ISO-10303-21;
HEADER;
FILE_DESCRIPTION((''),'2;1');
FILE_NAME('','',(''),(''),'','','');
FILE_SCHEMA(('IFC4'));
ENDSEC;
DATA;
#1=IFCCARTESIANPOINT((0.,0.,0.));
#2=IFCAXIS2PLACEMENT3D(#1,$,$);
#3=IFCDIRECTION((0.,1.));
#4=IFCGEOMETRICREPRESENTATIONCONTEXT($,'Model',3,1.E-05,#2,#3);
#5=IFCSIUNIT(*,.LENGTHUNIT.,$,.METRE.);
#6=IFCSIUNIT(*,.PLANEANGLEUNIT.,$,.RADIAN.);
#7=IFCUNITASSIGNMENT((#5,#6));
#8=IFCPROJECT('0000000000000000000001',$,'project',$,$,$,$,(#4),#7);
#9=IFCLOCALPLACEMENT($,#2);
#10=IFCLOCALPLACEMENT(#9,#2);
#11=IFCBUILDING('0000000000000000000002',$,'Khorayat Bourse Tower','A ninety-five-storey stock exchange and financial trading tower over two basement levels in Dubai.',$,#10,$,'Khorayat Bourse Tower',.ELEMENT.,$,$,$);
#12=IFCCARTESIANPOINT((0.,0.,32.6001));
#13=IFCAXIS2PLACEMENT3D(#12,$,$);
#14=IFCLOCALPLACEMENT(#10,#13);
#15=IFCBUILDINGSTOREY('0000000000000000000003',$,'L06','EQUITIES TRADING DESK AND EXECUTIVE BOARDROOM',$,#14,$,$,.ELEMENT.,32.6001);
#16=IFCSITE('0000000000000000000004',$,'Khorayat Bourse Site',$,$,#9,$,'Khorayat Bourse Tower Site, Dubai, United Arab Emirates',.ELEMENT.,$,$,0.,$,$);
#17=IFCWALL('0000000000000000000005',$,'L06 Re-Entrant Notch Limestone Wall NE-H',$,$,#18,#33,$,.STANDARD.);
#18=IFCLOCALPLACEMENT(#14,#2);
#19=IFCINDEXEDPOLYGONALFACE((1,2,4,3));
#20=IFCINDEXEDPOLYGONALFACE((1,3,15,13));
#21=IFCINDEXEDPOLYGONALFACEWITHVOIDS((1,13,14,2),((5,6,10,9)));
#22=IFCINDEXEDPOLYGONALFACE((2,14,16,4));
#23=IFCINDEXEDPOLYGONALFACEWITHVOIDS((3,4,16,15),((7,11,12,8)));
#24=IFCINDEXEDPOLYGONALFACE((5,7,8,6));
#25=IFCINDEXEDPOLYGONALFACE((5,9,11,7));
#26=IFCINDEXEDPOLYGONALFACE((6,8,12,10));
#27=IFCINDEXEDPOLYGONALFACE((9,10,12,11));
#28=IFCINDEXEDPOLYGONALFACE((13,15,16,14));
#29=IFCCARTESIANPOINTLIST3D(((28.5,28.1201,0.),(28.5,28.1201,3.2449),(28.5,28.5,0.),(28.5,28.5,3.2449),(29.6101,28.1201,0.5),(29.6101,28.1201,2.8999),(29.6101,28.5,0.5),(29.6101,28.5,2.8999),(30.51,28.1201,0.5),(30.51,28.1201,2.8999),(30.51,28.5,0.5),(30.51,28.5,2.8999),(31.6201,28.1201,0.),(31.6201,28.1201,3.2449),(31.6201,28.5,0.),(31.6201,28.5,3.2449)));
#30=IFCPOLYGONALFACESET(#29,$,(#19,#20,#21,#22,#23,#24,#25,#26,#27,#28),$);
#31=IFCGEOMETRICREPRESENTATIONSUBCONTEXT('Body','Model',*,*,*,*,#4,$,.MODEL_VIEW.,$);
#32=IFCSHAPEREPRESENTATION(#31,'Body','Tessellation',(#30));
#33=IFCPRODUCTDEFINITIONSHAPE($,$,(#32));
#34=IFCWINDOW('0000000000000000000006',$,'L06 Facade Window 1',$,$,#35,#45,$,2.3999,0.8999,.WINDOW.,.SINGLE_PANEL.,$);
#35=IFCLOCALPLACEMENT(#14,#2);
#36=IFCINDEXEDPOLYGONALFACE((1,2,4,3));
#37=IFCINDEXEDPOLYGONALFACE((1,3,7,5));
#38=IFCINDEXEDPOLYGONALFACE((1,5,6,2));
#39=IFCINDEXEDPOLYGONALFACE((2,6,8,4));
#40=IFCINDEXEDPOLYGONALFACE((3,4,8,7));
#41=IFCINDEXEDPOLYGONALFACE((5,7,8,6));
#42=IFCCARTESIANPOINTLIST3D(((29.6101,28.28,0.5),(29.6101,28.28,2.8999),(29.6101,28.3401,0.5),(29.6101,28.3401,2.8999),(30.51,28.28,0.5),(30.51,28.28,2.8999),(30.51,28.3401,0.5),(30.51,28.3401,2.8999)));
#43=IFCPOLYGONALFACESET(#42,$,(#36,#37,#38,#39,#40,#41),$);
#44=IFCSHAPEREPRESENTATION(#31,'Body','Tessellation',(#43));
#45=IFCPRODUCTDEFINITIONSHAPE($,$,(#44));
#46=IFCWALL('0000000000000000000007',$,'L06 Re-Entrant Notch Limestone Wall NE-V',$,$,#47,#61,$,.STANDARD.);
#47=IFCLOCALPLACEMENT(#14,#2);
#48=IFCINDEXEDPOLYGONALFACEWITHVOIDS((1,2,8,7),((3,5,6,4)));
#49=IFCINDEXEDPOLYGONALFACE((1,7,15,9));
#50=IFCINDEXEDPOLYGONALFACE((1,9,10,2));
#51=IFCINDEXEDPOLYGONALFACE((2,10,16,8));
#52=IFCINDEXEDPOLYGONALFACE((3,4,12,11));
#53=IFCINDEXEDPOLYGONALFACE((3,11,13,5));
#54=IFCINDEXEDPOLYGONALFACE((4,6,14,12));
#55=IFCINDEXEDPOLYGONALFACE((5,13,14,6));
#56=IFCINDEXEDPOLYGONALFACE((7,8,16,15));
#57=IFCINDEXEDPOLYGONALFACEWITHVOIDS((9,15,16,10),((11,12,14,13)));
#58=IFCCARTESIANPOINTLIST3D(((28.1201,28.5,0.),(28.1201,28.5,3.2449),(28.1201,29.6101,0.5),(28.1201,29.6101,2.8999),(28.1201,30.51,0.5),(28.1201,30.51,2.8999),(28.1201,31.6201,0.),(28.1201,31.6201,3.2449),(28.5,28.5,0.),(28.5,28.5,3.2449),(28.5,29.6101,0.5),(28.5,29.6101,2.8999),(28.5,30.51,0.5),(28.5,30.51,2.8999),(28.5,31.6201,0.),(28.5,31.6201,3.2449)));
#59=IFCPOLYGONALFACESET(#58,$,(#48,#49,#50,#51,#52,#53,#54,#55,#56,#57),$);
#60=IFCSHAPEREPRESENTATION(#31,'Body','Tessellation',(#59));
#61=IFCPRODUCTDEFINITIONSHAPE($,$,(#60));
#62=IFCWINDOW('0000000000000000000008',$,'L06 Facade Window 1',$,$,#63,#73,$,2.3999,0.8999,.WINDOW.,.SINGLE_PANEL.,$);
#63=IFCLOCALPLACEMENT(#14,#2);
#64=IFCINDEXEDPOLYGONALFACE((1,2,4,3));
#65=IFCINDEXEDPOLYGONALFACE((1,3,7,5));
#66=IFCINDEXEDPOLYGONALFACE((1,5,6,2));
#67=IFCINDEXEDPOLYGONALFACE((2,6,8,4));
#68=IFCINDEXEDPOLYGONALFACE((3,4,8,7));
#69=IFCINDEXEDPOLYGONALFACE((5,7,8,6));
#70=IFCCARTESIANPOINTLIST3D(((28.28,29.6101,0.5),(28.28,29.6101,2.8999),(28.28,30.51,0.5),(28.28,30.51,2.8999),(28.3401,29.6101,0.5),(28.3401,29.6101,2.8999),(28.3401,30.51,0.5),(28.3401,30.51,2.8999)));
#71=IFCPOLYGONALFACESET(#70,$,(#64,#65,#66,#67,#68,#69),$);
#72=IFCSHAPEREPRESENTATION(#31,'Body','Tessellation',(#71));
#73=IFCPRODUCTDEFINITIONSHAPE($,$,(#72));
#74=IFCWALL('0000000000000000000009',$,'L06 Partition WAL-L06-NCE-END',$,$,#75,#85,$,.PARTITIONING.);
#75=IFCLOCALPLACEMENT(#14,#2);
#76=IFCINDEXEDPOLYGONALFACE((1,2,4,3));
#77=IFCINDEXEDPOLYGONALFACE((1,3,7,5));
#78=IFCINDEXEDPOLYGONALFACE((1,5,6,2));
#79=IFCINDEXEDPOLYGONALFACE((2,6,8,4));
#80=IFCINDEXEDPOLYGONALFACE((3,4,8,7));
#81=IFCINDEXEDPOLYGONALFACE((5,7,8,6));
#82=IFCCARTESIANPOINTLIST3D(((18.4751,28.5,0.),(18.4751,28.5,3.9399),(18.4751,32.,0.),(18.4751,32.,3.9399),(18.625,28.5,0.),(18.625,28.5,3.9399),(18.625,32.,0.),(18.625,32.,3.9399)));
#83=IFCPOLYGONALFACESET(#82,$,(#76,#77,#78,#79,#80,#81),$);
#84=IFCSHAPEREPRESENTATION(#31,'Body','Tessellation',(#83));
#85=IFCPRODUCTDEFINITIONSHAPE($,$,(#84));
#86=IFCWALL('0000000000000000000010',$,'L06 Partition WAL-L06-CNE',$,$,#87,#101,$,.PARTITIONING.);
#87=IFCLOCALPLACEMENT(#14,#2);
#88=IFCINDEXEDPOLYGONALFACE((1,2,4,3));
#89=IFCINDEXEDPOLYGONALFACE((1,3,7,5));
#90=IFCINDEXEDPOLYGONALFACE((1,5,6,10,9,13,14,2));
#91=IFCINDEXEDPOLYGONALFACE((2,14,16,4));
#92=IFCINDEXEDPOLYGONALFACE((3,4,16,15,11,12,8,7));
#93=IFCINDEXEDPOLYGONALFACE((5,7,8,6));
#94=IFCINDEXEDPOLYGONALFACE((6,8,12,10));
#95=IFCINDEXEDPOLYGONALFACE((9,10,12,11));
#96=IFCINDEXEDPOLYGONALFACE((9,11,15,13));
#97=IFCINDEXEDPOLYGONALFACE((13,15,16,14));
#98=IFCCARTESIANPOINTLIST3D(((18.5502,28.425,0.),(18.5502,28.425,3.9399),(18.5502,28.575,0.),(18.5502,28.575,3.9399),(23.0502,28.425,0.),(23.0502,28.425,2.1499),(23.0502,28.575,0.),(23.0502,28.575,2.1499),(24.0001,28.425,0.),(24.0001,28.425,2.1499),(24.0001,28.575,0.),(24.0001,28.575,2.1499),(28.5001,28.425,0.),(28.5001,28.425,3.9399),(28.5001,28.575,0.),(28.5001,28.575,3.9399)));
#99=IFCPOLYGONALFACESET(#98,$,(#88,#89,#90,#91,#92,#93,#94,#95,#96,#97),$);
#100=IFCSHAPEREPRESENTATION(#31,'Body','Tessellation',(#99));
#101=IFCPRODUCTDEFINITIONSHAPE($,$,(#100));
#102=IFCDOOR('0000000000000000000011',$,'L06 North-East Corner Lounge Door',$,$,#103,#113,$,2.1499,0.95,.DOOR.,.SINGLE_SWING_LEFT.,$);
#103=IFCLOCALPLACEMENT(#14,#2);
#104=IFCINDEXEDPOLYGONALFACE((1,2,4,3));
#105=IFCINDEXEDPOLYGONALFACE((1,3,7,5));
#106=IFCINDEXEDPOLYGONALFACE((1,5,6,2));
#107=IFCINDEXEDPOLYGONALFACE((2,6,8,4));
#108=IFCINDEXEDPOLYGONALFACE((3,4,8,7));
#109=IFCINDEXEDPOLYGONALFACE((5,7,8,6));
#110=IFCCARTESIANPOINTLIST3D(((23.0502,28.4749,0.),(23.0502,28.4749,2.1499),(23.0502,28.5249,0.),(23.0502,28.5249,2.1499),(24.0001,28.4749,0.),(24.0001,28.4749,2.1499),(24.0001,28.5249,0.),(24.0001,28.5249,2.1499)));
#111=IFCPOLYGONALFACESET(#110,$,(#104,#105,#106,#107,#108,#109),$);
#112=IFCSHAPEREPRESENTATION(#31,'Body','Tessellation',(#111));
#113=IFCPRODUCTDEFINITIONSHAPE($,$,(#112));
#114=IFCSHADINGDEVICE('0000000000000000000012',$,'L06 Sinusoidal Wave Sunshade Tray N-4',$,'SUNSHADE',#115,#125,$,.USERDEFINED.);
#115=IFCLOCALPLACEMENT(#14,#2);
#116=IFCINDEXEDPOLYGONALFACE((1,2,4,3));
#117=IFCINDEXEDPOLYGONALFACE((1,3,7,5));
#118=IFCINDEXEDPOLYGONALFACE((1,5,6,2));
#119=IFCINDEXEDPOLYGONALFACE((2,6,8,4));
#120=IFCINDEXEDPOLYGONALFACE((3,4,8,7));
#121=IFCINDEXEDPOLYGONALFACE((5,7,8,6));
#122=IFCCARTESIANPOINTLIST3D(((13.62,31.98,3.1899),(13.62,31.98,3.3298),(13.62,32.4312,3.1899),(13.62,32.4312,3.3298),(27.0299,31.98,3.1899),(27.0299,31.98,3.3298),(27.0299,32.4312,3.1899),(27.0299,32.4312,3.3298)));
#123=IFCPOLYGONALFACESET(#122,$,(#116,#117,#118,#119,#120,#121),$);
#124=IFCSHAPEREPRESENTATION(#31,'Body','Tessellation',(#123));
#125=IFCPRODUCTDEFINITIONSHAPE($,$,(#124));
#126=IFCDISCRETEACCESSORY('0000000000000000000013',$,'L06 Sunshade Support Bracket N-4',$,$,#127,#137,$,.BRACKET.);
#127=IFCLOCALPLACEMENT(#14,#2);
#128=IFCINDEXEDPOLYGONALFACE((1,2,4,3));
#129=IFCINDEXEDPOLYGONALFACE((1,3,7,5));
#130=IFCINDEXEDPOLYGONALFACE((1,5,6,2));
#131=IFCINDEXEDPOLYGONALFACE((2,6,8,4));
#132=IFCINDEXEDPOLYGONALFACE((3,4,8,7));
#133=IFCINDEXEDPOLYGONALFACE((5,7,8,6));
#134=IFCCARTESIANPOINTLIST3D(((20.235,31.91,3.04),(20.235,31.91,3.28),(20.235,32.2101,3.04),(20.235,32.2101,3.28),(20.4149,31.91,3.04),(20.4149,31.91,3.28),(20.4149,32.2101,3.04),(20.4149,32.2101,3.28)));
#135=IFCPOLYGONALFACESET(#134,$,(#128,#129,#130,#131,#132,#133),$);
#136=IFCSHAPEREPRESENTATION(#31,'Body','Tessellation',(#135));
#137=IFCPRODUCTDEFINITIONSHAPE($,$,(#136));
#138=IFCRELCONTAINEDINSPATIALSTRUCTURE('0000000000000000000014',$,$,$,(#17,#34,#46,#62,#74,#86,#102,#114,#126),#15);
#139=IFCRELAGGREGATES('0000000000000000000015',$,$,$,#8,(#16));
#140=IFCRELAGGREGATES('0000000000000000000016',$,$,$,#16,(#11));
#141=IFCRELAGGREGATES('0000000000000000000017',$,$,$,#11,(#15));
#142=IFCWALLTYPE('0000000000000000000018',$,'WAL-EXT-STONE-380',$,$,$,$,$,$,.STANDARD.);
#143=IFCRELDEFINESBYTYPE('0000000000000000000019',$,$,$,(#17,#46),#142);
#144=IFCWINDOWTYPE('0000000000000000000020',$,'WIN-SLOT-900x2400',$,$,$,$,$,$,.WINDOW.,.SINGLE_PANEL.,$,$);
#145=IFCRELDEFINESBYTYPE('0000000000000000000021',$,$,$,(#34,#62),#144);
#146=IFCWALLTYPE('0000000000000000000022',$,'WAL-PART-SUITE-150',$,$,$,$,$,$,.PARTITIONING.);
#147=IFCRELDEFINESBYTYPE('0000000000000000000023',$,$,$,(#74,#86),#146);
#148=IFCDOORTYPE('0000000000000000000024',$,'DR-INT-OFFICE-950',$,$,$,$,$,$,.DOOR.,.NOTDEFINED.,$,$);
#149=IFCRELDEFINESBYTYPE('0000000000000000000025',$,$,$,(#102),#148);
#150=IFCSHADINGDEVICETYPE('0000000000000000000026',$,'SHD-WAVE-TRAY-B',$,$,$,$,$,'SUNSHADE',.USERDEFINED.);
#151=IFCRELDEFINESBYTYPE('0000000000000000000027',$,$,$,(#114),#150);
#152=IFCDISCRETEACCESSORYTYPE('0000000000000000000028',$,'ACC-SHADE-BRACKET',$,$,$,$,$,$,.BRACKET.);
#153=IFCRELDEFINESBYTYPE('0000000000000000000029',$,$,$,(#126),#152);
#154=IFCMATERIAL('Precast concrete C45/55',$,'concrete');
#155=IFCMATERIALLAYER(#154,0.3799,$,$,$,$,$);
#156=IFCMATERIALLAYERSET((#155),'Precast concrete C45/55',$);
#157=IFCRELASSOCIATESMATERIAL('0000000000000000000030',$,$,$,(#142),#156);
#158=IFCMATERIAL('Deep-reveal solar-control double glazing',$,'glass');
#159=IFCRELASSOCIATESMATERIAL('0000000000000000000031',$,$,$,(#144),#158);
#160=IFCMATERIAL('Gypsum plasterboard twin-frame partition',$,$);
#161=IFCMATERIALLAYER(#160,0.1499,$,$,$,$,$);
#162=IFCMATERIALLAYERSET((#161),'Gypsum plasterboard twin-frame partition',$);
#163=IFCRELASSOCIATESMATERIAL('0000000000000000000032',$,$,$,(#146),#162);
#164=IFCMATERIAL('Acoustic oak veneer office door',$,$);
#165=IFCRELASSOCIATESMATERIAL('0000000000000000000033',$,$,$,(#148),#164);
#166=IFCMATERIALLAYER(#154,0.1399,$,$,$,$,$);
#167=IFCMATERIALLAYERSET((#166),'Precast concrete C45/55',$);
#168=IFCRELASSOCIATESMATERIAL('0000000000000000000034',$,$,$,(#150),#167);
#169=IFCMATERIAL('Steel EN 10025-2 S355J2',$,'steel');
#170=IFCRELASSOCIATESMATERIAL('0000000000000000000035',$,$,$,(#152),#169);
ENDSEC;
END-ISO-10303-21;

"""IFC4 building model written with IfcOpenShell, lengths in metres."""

from ifc_helpers import new_model, si_unit, direction, frame, frame_2d, origin, origin_2d, place, context, subcontext, project, spatial, rectangle, extrude, source, transform, mapped, material, layer, layer_set, type_object, element, fill, save


model = new_model("IFC4")

# Units and contexts
model_context = context("Model", 3, precision=1e-05, world=origin(), true_north=direction((0.0, 1.0)))
body_context = subcontext(model_context, "Body", "Model", "MODEL_VIEW")
ifc_project = project(units=[si_unit("LENGTHUNIT", "METRE"), si_unit("PLANEANGLEUNIT", "RADIAN")], contexts=[model_context])

# Site, building, storey
site_placement = place(None, origin())
site = spatial("IfcSite", under=ifc_project, at=site_placement, Name="Khorayat Bourse Site", LongName="Khorayat Bourse Tower Site, Dubai, United Arab Emirates", CompositionType="ELEMENT", RefElevation=0.0)
building_placement = place(site_placement, origin())
building = spatial("IfcBuilding", under=site, at=building_placement, Name="Khorayat Bourse Tower", Description="A ninety-five-storey stock exchange and financial trading tower over two basement levels in Dubai.", LongName="Khorayat Bourse Tower", CompositionType="ELEMENT")
storey_placement = place(building_placement, frame((0.0, 0.0, 32.6001)))
storey = spatial("IfcBuildingStorey", under=building, at=storey_placement, Name="L06", Description="EQUITIES TRADING DESK AND EXECUTIVE BOARDROOM", CompositionType="ELEMENT", Elevation=32.6001)

# Shared definitions
ifc_material_1 = material(Name="Steel EN 10025-2 S355J2", Category="steel")

# Walls, openings, windows
ifc_material_2 = material(Name="Precast concrete C45/55", Category="concrete")
ifc_layer_1 = layer(ifc_material_2, 0.3799)
ifc_layer_set_1 = layer_set([ifc_layer_1], Name="Precast concrete C45/55")
wall_type_1 = type_object("IfcWallType", Name="WAL-EXT-STONE-380", PredefinedType="STANDARD", material=ifc_layer_set_1)
shared_shape_1 = source(origin(), body_context, "Body", "SweptSolid", [
    extrude(rectangle(XDim=3.1201, YDim=0.3799, at=frame_2d((1.5601, 0.0))), origin(), (0.0, 0.0, 1.0), 3.2449),
])
wall_1_placement = place(storey_placement, frame((28.5, 28.3101, 0.0), z_axis=(0.0, 0.0, 1.0), x_axis=(1.0, 0.0, 0.0)))
wall_1 = element("IfcWall", 1, at=wall_1_placement, inside=storey, type_object=wall_type_1, Name="L06 Re-Entrant Notch Limestone Wall NE-H", PredefinedType="STANDARD", context=body_context, shape_type="MappedRepresentation", body=[
    mapped(shared_shape_1, transform((0.0, 0.0, 0.0), scale=1.0)),
])
shared_shape_2 = source(origin(), body_context, "Body", "SweptSolid", [
    extrude(rectangle(XDim=0.8999, YDim=2.3999, at=frame_2d((0.45, 1.2))), frame((0.0, 0.2, 0.0), z_axis=(0.0, -1.0, 0.0), x_axis=(1.0, 0.0, 0.0)), (0.0, 0.0, 1.0), 0.3999),
])
opening_1_placement = place(wall_1_placement, frame((1.1101, 0.0, 0.5)))
opening_1 = element("IfcOpeningElement", 2, at=opening_1_placement, cuts=wall_1, PredefinedType="OPENING", context=body_context, shape_type="MappedRepresentation", body=[
    mapped(shared_shape_2, transform((0.0, 0.0, 0.0), scale=1.0)),
])
ifc_material_3 = material(Name="Deep-reveal solar-control double glazing", Category="glass")
window_type = type_object("IfcWindowType", Name="WIN-SLOT-900x2400", PartitioningType="SINGLE_PANEL", PredefinedType="WINDOW", material=ifc_material_3)
shared_shape_3 = source(origin(), body_context, "Body", "SweptSolid", [
    extrude(rectangle(XDim=0.8999, YDim=2.3999, at=frame_2d((0.45, 1.2))), frame((0.0, 0.03, 0.0), z_axis=(0.0, -1.0, 0.0), x_axis=(1.0, 0.0, 0.0)), (0.0, 0.0, 1.0), 0.0601),
])
window_1_placement = place(opening_1_placement, origin())
window_1 = element("IfcWindow", 3, at=window_1_placement, inside=storey, type_object=window_type, Name="L06 Facade Window 1", OverallHeight=2.3999, OverallWidth=0.8999, PartitioningType="SINGLE_PANEL", PredefinedType="WINDOW", context=body_context, shape_type="MappedRepresentation", body=[
    mapped(shared_shape_3, transform((0.0, 0.0, 0.0), scale=1.0)),
])
fill(opening_1, window_1)
wall_2_placement = place(storey_placement, frame((28.3101, 28.5, 0.0), z_axis=(0.0, 0.0, 1.0), x_axis=(0.0, 1.0, 0.0)))
wall_2 = element("IfcWall", 4, at=wall_2_placement, inside=storey, type_object=wall_type_1, Name="L06 Re-Entrant Notch Limestone Wall NE-V", PredefinedType="STANDARD", context=body_context, shape_type="MappedRepresentation", body=[
    mapped(shared_shape_1, transform((0.0, 0.0, 0.0), scale=1.0)),
])
opening_2_placement = place(wall_2_placement, frame((1.1101, 0.0, 0.5)))
opening_2 = element("IfcOpeningElement", 5, at=opening_2_placement, cuts=wall_2, PredefinedType="OPENING", context=body_context, shape_type="MappedRepresentation", body=[
    mapped(shared_shape_2, transform((0.0, 0.0, 0.0), scale=1.0)),
])
window_2_placement = place(opening_2_placement, origin())
window_2 = element("IfcWindow", 6, at=window_2_placement, inside=storey, type_object=window_type, Name="L06 Facade Window 1", OverallHeight=2.3999, OverallWidth=0.8999, PartitioningType="SINGLE_PANEL", PredefinedType="WINDOW", context=body_context, shape_type="MappedRepresentation", body=[
    mapped(shared_shape_3, transform((0.0, 0.0, 0.0), scale=1.0)),
])
fill(opening_2, window_2)

# Wall
ifc_material_4 = material(Name="Gypsum plasterboard twin-frame partition")
ifc_layer_2 = layer(ifc_material_4, 0.1499)
ifc_layer_set_2 = layer_set([ifc_layer_2], Name="Gypsum plasterboard twin-frame partition")
wall_type_2 = type_object("IfcWallType", Name="WAL-PART-SUITE-150", PredefinedType="PARTITIONING", material=ifc_layer_set_2)
shared_shape_4 = source(origin(), body_context, "Body", "SweptSolid", [
    extrude(rectangle(XDim=3.5, YDim=0.1499, at=frame_2d((1.75, 0.0))), origin(), (0.0, 0.0, 1.0), 3.9399),
])
wall_3_placement = place(storey_placement, frame((18.55, 28.5, 0.0), z_axis=(0.0, 0.0, 1.0), x_axis=(0.0, 1.0, 0.0)))
element("IfcWall", 7, at=wall_3_placement, inside=storey, type_object=wall_type_2, Name="L06 Partition WAL-L06-NCE-END", PredefinedType="PARTITIONING", context=body_context, shape_type="MappedRepresentation", body=[
    mapped(shared_shape_4, transform((0.0, 0.0, 0.0), scale=1.0)),
])

# Wall, opening, door
shared_shape_5 = source(origin(), body_context, "Body", "SweptSolid", [
    extrude(rectangle(XDim=9.95, YDim=0.1499, at=frame_2d((4.9751, 0.0))), origin(), (0.0, 0.0, 1.0), 3.9399),
])
wall_4_placement = place(storey_placement, frame((18.55, 28.5, 0.0), z_axis=(0.0, 0.0, 1.0), x_axis=(1.0, 0.0, 0.0)))
wall_4 = element("IfcWall", 8, at=wall_4_placement, inside=storey, type_object=wall_type_2, Name="L06 Partition WAL-L06-CNE", PredefinedType="PARTITIONING", context=body_context, shape_type="MappedRepresentation", body=[
    mapped(shared_shape_5, transform((0.0, 0.0, 0.0), scale=1.0)),
])
shared_shape_6 = source(origin(), body_context, "Body", "SweptSolid", [
    extrude(rectangle(XDim=0.95, YDim=2.1499, at=frame_2d((0.4751, 1.075))), frame((0.0, 0.085, 0.0), z_axis=(0.0, -1.0, 0.0), x_axis=(1.0, 0.0, 0.0)), (0.0, 0.0, 1.0), 0.1699),
])
opening_3_placement = place(wall_4_placement, frame((4.5, 0.0, 0.0)))
opening_3 = element("IfcOpeningElement", 9, at=opening_3_placement, cuts=wall_4, PredefinedType="OPENING", context=body_context, shape_type="MappedRepresentation", body=[
    mapped(shared_shape_6, transform((0.0, 0.0, 0.0), scale=1.0)),
])
ifc_material_5 = material(Name="Acoustic oak veneer office door")
door_type = type_object("IfcDoorType", Name="DR-INT-OFFICE-950", OperationType="NOTDEFINED", PredefinedType="DOOR", material=ifc_material_5)
shared_shape_7 = source(origin(), body_context, "Body", "SweptSolid", [
    extrude(rectangle(XDim=0.95, YDim=2.1499, at=frame_2d((0.4751, 1.075))), frame((0.0, 0.0249, 0.0), z_axis=(0.0, -1.0, 0.0), x_axis=(1.0, 0.0, 0.0)), (0.0, 0.0, 1.0), 0.05),
])
door_placement = place(opening_3_placement, origin())
door = element("IfcDoor", 10, at=door_placement, inside=storey, type_object=door_type, Name="L06 North-East Corner Lounge Door", OperationType="SINGLE_SWING_LEFT", OverallHeight=2.1499, OverallWidth=0.95, PredefinedType="DOOR", context=body_context, shape_type="MappedRepresentation", body=[
    mapped(shared_shape_7, transform((0.0, 0.0, 0.0), scale=1.0)),
])
fill(opening_3, door)

# Shading device
ifc_layer_3 = layer(ifc_material_2, 0.1399)
ifc_layer_set_3 = layer_set([ifc_layer_3], Name="Precast concrete C45/55")
shading_device_type = type_object("IfcShadingDeviceType", Name="SHD-WAVE-TRAY-B", ElementType="SUNSHADE", PredefinedType="USERDEFINED", material=ifc_layer_set_3)
shared_shape_8 = source(origin(), body_context, "Body", "SweptSolid", [
    extrude(rectangle(XDim=13.4099, YDim=0.4512, at=origin_2d()), origin(), (0.0, 0.0, 1.0), 0.1399),
])
shading_device_placement = place(storey_placement, frame((20.325, 32.2056, 3.1899), z_axis=(0.0, 0.0, 1.0), x_axis=(1.0, 0.0, 0.0)))
element("IfcShadingDevice", 11, at=shading_device_placement, inside=storey, type_object=shading_device_type, Name="L06 Sinusoidal Wave Sunshade Tray N-4", ObjectType="SUNSHADE", PredefinedType="USERDEFINED", context=body_context, shape_type="MappedRepresentation", body=[
    mapped(shared_shape_8, transform((0.0, 0.0, 0.0), scale=1.0)),
])

# Discrete accessory
discrete_accessory_type = type_object("IfcDiscreteAccessoryType", Name="ACC-SHADE-BRACKET", PredefinedType="BRACKET", material=ifc_material_1)
shared_shape_9 = source(origin(), body_context, "Body", "SweptSolid", [
    extrude(rectangle(XDim=0.1799, YDim=0.3, at=origin_2d()), origin(), (0.0, 0.0, 1.0), 0.24),
])
discrete_accessory_placement = place(storey_placement, frame((20.325, 32.0601, 3.04), z_axis=(0.0, 0.0, 1.0), x_axis=(1.0, 0.0, 0.0)))
element("IfcDiscreteAccessory", 12, at=discrete_accessory_placement, inside=storey, type_object=discrete_accessory_type, Name="L06 Sunshade Support Bracket N-4", PredefinedType="BRACKET", context=body_context, shape_type="MappedRepresentation", body=[
    mapped(shared_shape_9, transform((0.0, 0.0, 0.0), scale=1.0)),
])

save(model, "model.ifc")
